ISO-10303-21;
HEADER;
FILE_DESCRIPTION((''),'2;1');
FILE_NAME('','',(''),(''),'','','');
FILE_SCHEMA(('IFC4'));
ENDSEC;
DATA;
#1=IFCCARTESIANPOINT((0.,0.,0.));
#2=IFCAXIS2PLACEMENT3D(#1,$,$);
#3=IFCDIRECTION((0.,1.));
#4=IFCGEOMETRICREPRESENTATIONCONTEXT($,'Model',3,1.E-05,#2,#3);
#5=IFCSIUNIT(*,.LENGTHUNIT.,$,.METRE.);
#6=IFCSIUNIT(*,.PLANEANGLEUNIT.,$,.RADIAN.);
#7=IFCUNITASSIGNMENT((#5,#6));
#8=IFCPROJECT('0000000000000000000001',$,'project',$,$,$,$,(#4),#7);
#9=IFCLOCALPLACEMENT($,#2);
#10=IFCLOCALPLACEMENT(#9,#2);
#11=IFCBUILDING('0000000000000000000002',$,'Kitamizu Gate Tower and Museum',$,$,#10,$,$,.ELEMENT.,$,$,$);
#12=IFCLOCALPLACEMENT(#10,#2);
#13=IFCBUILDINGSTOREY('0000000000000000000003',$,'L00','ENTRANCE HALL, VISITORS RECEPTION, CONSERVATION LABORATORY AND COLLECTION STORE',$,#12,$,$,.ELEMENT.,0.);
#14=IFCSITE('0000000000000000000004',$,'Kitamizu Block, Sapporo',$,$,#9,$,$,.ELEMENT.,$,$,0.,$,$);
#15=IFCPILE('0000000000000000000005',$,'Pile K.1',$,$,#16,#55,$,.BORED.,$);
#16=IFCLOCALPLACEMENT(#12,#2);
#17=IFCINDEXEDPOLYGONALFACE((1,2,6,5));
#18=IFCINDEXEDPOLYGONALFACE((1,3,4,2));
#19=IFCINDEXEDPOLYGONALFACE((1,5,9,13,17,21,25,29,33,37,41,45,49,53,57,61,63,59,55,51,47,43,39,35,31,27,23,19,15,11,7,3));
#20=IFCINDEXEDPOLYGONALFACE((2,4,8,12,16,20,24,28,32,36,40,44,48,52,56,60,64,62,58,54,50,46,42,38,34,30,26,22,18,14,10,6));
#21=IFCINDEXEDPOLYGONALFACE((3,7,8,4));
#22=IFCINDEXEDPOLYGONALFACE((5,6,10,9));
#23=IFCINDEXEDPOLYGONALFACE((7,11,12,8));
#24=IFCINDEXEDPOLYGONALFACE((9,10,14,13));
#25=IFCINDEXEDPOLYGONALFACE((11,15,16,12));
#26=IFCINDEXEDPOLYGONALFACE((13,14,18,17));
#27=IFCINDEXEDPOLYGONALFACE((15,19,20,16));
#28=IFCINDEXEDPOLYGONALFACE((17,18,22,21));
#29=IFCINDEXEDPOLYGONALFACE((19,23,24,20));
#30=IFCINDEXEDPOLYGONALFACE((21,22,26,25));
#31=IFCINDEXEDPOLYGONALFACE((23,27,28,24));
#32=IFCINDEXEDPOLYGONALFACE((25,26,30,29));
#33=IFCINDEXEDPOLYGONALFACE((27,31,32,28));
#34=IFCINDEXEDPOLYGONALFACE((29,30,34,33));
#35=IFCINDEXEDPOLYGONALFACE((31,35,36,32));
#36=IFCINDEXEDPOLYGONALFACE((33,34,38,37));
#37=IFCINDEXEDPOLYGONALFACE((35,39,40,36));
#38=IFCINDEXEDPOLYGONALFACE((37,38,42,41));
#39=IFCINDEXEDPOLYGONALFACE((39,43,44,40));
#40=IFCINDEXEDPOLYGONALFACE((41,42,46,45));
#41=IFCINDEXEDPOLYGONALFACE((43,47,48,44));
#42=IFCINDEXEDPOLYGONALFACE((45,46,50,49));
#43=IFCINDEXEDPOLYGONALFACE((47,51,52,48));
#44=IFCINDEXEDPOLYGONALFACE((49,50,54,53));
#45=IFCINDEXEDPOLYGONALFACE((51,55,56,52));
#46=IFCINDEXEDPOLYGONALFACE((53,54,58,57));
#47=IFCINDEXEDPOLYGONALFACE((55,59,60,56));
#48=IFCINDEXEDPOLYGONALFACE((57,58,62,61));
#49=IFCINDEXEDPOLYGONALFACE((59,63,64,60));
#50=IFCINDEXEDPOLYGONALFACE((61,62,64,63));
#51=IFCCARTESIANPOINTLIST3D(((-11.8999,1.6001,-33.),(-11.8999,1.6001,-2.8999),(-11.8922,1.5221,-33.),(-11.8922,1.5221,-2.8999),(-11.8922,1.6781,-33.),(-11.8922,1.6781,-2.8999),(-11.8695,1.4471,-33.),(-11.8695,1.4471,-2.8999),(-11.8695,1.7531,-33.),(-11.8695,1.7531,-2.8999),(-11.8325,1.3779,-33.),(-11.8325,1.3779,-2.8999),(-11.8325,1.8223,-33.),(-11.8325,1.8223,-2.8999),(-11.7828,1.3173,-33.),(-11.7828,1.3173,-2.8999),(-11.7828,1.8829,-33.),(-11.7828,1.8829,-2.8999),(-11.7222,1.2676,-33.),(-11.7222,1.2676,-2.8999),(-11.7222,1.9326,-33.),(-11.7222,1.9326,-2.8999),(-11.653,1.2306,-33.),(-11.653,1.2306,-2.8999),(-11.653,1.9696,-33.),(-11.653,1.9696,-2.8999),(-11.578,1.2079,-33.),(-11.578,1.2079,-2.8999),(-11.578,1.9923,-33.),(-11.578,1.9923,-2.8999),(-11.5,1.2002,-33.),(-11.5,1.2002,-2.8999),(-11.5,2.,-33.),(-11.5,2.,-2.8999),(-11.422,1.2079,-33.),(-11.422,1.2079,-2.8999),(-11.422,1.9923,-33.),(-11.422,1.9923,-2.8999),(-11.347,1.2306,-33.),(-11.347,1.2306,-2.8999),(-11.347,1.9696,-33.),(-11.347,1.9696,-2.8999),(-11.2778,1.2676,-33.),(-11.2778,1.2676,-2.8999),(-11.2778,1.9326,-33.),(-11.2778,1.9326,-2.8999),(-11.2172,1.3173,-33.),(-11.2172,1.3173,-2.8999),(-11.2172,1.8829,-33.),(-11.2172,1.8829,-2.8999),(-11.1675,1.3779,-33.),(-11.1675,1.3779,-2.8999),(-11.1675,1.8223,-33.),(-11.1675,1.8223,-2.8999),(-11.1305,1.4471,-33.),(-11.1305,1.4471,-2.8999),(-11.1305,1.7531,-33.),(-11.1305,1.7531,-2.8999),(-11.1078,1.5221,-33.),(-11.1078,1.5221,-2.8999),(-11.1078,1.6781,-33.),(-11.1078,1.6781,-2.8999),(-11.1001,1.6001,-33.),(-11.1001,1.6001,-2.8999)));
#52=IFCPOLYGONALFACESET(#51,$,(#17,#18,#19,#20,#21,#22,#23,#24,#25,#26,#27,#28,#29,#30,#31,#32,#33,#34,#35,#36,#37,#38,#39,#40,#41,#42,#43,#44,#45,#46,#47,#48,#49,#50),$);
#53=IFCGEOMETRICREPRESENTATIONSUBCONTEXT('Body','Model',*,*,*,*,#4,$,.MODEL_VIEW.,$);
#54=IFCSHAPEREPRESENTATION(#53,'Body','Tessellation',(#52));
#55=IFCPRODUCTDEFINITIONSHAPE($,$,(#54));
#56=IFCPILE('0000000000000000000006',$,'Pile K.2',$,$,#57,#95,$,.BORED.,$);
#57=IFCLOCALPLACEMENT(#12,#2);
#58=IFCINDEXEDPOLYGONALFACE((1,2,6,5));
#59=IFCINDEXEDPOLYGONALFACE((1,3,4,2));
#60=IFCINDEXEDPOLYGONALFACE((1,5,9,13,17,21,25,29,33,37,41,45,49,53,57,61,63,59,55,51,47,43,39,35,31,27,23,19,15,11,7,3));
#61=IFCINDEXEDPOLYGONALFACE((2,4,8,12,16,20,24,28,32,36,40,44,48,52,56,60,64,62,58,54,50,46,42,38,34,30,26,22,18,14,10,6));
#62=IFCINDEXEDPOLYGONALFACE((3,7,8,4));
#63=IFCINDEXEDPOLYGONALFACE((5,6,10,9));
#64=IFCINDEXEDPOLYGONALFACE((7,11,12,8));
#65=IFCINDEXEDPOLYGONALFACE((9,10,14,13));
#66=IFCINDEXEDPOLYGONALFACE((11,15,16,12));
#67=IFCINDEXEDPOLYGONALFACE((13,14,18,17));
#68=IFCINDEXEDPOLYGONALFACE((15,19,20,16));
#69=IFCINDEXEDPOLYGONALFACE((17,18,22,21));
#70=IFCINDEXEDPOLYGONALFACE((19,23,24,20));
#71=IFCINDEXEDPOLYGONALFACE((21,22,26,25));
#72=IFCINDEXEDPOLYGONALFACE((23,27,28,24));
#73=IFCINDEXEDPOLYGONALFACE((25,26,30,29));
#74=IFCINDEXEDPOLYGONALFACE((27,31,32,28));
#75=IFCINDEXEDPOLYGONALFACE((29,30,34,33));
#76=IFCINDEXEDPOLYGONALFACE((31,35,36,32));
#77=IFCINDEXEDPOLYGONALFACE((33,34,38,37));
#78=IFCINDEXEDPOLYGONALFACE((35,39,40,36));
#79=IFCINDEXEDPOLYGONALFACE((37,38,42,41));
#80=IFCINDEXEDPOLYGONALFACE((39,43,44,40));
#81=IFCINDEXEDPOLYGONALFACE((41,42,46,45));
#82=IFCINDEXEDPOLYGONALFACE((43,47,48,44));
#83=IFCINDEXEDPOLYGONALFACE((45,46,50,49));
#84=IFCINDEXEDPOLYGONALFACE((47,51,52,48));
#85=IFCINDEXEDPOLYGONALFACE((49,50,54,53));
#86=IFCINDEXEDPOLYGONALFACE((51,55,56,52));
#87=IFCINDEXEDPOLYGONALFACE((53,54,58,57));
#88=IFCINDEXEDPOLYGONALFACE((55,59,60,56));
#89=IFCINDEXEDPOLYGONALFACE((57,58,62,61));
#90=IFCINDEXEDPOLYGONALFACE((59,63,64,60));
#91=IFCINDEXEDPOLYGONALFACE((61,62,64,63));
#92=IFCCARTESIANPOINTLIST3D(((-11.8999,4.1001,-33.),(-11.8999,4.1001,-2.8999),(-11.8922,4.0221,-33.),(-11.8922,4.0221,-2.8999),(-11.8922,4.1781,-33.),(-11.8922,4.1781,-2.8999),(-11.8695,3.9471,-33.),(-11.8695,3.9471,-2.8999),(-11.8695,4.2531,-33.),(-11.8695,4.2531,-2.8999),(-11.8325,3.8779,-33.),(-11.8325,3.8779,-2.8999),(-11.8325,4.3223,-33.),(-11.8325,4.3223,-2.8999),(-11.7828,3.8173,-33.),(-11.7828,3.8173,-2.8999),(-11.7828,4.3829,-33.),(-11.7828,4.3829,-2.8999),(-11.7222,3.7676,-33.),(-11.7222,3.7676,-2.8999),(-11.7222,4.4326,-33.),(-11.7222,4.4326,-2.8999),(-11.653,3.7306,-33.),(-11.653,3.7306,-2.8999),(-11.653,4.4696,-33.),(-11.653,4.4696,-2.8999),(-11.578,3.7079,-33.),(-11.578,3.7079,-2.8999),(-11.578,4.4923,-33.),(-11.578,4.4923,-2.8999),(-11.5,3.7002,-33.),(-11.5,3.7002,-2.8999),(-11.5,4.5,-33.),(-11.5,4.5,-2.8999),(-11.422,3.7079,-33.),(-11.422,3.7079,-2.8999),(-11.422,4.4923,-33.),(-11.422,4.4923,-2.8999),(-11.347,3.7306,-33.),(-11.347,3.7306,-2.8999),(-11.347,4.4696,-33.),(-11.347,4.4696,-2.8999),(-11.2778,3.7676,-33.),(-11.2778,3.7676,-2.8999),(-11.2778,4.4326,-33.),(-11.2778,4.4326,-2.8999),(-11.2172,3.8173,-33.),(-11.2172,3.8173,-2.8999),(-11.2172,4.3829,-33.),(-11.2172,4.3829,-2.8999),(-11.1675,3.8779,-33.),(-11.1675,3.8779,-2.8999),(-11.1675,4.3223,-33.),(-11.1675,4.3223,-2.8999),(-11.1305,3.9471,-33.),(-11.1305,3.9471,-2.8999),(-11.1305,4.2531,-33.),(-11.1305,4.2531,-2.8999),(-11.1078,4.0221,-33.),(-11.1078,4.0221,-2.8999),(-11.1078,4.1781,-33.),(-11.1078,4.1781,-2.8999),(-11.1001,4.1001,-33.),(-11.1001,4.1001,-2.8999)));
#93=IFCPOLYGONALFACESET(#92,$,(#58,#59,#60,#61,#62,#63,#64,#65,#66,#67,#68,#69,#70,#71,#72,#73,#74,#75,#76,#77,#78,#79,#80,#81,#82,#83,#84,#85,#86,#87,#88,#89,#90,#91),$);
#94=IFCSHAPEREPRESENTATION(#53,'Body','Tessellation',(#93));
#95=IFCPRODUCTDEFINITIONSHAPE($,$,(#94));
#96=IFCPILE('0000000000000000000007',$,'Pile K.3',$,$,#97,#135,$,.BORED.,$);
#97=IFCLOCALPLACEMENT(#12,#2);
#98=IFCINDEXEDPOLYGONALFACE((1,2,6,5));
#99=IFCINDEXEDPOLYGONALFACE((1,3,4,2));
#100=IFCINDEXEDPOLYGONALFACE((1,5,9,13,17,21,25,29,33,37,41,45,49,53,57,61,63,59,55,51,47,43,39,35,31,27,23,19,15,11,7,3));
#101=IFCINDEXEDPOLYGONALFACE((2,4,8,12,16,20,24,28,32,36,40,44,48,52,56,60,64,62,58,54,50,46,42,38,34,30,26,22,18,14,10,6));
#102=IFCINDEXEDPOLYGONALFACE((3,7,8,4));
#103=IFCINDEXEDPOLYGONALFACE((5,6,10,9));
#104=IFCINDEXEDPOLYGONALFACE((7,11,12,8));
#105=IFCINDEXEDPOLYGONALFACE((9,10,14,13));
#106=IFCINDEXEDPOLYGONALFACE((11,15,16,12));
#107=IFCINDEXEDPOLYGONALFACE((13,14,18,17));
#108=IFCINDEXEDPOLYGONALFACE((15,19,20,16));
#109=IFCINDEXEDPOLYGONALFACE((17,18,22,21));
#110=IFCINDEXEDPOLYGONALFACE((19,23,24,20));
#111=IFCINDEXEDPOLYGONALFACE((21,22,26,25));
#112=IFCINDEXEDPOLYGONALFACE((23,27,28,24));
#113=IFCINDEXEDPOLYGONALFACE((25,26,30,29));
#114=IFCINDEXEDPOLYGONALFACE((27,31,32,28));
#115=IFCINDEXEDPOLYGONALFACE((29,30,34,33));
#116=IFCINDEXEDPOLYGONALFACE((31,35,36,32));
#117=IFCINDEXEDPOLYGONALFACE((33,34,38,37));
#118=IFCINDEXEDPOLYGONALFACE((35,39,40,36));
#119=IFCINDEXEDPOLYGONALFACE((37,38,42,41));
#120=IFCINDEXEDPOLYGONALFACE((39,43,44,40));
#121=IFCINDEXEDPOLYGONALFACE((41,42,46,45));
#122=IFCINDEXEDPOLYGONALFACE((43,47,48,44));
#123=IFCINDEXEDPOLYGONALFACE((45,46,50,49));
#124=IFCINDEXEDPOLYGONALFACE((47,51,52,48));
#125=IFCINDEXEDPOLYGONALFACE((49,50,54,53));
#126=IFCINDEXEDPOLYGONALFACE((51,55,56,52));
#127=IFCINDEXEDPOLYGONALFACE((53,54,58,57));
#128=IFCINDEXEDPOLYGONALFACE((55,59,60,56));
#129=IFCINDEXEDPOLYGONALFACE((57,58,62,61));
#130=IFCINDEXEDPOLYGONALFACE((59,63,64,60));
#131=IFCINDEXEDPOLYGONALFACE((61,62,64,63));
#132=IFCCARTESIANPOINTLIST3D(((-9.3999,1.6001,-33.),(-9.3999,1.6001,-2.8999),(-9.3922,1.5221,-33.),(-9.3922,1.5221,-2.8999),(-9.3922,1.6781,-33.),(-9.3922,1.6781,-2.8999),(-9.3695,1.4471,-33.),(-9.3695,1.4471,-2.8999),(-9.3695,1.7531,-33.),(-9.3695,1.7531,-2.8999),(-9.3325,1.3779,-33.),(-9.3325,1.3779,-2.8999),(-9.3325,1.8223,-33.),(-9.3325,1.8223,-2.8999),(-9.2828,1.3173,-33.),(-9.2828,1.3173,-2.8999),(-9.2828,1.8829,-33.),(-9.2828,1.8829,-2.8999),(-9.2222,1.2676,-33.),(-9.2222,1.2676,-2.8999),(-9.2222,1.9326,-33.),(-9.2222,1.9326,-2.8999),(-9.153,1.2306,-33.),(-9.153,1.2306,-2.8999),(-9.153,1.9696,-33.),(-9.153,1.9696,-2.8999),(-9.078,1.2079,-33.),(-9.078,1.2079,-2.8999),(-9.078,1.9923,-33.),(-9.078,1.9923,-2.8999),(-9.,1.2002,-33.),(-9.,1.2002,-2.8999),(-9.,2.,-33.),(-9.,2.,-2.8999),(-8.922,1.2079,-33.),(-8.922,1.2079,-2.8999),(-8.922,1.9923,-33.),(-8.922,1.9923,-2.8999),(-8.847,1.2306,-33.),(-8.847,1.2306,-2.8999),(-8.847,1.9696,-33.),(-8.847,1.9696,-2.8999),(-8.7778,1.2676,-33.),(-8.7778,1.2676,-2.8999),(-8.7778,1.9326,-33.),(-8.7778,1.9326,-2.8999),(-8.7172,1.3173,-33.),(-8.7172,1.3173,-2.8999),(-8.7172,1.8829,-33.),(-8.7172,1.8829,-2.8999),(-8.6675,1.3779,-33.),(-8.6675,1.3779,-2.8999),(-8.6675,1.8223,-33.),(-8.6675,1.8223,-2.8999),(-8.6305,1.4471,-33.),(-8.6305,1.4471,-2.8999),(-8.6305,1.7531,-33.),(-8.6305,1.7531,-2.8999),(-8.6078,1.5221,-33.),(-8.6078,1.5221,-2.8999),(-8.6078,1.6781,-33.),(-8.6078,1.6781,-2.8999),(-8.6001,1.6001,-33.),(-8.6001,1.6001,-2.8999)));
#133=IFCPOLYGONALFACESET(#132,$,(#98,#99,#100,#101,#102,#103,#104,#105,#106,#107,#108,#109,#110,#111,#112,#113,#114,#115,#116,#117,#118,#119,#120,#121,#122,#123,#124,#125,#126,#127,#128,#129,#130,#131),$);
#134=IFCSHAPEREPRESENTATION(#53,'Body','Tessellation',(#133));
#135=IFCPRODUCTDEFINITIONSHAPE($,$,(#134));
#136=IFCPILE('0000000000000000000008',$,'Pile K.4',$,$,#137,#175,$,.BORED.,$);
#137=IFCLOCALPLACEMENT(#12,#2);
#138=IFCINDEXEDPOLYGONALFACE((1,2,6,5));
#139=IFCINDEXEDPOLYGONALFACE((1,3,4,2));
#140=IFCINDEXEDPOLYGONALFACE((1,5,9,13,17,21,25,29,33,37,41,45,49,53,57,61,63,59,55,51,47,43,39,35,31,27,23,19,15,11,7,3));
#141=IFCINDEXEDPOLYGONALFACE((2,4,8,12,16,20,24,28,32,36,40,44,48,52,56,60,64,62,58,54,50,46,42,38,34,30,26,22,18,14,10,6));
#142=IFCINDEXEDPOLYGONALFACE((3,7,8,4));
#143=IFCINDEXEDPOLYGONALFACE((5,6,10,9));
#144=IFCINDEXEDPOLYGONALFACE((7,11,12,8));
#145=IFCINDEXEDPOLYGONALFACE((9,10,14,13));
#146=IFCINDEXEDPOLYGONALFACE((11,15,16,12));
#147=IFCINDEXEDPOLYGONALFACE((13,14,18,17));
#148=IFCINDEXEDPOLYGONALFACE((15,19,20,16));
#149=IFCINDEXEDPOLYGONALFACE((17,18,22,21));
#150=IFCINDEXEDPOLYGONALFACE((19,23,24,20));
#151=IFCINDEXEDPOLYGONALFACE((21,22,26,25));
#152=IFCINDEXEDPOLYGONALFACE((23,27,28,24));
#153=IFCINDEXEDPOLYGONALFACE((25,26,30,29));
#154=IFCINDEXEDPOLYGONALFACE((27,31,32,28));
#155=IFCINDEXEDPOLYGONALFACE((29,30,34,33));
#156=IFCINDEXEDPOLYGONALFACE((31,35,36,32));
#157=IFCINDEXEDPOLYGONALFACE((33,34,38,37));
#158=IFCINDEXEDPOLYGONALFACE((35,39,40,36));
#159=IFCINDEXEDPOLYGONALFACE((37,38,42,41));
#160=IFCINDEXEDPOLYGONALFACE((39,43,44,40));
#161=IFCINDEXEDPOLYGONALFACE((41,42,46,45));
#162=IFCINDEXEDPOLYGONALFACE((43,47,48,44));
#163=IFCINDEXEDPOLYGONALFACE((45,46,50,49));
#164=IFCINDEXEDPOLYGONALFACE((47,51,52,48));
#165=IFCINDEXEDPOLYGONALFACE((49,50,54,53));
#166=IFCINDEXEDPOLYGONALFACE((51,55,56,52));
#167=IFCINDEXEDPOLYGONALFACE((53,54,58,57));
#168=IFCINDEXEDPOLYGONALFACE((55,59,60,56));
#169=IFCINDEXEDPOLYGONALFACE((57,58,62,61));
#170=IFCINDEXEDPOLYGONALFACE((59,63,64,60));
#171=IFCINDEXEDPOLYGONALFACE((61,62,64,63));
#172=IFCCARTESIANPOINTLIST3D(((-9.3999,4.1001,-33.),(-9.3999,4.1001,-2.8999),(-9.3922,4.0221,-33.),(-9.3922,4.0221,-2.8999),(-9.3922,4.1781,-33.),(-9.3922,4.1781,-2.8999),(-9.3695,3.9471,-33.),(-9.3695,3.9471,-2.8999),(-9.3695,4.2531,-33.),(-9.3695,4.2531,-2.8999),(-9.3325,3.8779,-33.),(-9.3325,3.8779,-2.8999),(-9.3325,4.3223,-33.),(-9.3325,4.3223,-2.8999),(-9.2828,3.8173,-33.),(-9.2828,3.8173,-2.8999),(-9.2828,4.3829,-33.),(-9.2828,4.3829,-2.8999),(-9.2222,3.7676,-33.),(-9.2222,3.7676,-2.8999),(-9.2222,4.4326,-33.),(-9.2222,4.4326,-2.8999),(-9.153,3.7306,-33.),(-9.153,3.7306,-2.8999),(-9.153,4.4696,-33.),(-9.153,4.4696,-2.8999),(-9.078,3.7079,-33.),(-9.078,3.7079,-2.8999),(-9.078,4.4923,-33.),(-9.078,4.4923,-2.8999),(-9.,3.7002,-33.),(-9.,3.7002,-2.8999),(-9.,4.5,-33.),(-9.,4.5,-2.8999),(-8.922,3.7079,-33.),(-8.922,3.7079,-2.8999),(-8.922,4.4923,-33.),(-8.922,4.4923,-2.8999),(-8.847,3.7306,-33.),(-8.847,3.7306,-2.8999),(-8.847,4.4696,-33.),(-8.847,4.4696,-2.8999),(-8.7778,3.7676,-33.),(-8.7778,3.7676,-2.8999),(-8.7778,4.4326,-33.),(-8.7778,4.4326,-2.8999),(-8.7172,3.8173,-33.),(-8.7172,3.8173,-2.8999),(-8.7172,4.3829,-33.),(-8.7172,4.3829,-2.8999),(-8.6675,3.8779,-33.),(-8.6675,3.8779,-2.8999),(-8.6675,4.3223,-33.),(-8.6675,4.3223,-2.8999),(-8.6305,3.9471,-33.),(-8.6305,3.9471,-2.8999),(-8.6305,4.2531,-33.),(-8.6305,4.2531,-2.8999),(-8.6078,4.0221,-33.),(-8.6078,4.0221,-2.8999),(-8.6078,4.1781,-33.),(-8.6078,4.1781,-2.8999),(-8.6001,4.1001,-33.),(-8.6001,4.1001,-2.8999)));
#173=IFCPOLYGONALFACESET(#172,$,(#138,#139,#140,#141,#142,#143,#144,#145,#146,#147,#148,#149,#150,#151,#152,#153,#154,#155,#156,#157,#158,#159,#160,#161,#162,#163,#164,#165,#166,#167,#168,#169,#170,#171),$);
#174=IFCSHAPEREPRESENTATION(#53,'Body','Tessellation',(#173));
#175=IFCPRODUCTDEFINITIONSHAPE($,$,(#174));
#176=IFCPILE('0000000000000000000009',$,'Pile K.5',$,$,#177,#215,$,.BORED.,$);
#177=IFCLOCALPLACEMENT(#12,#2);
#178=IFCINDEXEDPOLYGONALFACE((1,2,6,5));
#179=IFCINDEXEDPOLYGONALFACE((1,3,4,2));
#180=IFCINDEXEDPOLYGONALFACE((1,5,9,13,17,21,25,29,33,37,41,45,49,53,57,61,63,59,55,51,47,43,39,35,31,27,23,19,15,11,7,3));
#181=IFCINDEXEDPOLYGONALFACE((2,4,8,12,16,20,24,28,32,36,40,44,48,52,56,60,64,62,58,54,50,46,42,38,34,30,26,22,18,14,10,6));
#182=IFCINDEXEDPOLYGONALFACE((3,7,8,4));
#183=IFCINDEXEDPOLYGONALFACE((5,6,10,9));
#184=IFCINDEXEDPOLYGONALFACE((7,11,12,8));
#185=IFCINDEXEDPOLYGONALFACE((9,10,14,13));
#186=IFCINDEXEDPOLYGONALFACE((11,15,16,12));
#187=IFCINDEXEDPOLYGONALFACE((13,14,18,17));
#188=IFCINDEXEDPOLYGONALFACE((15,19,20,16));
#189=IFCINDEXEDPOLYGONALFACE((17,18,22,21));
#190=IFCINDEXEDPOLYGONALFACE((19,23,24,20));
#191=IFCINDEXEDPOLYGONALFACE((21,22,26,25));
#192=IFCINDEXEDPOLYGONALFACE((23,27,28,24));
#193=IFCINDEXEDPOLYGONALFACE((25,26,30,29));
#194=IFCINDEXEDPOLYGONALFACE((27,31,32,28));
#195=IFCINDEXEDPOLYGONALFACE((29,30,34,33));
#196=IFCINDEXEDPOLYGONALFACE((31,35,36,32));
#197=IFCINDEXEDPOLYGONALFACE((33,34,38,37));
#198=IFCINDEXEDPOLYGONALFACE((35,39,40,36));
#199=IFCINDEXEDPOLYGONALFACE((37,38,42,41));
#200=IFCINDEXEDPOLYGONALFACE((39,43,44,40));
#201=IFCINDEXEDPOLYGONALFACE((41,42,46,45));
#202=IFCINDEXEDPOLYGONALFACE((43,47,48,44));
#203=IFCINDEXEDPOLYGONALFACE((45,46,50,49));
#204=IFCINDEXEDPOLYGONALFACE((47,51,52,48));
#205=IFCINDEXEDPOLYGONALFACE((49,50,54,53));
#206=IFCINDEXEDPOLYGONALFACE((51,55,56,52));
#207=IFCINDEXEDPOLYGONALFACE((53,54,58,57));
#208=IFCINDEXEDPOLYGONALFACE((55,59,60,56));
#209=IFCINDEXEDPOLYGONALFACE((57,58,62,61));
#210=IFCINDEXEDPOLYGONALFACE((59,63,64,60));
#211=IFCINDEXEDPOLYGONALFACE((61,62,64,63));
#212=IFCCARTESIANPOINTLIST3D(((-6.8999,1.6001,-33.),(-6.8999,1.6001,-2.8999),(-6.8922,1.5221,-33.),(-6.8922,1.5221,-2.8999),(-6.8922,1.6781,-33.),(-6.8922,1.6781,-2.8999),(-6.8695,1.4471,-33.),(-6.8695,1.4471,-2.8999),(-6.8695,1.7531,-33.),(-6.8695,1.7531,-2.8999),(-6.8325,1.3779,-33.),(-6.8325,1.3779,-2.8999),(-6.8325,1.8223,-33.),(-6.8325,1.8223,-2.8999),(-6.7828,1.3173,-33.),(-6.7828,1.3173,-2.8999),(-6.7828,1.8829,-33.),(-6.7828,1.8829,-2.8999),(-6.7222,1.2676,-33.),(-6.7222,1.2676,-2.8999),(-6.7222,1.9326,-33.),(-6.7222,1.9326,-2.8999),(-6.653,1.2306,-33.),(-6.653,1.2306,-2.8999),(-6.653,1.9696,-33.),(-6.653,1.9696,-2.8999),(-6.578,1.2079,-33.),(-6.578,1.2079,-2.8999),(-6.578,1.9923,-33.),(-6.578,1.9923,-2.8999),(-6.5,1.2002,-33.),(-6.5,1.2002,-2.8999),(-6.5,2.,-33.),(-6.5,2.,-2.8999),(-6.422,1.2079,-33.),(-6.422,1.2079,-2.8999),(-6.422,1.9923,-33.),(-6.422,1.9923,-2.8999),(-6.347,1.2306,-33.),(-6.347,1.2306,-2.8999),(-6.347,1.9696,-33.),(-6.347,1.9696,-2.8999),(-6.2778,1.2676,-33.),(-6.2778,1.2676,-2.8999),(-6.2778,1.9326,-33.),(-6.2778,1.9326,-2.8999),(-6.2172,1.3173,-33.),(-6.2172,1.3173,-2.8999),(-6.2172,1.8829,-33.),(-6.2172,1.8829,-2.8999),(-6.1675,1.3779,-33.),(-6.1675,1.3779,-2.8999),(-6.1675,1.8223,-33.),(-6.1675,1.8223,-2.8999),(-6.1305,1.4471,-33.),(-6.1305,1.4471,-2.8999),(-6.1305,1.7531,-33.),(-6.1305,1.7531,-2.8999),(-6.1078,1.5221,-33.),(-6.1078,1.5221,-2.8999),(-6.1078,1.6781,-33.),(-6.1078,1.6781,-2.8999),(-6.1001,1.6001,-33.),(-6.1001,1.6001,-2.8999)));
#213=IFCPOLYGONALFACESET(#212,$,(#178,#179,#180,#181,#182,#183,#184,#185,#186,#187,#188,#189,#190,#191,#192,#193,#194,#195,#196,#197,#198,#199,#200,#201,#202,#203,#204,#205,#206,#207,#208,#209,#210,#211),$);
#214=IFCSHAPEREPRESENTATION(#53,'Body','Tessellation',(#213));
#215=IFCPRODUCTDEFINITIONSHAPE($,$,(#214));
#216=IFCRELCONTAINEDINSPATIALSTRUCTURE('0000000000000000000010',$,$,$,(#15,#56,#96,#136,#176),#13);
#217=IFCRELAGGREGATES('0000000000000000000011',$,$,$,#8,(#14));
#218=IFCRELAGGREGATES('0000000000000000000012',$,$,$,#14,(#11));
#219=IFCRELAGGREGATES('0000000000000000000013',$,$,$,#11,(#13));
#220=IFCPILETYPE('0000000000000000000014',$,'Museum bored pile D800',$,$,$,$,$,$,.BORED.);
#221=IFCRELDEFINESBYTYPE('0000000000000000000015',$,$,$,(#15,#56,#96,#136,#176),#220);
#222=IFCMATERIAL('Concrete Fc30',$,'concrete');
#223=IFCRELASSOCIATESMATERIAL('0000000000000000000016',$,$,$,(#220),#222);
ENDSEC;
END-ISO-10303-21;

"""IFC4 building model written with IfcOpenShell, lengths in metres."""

from ifc_helpers import new_model, si_unit, direction, frame, origin, origin_2d, place, context, subcontext, project, spatial, circle, extrude, material, material_profile, profile_set, type_object, element, save


model = new_model("IFC4")

# Units and contexts
model_context = context("Model", 3, precision=1e-05, world=origin(), true_north=direction((0.0, 1.0)))
body_context = subcontext(model_context, "Body", "Model", "MODEL_VIEW")
ifc_project = project(units=[si_unit("LENGTHUNIT", "METRE"), si_unit("PLANEANGLEUNIT", "RADIAN")], contexts=[model_context])

# Site, building, storey
site_placement = place(None, origin())
site = spatial("IfcSite", under=ifc_project, at=site_placement, Name="Kitamizu Block, Sapporo", CompositionType="ELEMENT", RefElevation=0.0)
building_placement = place(site_placement, origin())
building = spatial("IfcBuilding", under=site, at=building_placement, Name="Kitamizu Gate Tower and Museum", CompositionType="ELEMENT")
storey_placement = place(building_placement, origin())
storey = spatial("IfcBuildingStorey", under=building, at=storey_placement, Name="L00", Description="ENTRANCE HALL, VISITORS RECEPTION, CONSERVATION LABORATORY AND COLLECTION STORE", CompositionType="ELEMENT", Elevation=0.0)

# Piles
ifc_material_1 = material(Name="Concrete Fc30", Category="concrete")
ifc_material_profile = material_profile(ifc_material_1, circle(Radius=0.3999, at=origin_2d()), Name="D800")
ifc_profile_set = profile_set([ifc_material_profile], Name="Concrete Fc30")
pile_type = type_object("IfcPileType", Name="Museum bored pile D800", PredefinedType="BORED", material=ifc_profile_set)
for number, where, z_axis, x_axis, name in (
    (1, (-11.5, 1.6001, -2.8999), (0.0, 0.0, -1.0), (1.0, 0.0, 0.0), "Pile K.1"),
    (2, (-11.5, 4.1001, -2.8999), (0.0, 0.0, -1.0), (1.0, 0.0, 0.0), "Pile K.2"),
    (3, (-9.0, 1.6001, -2.8999), (0.0, 0.0, -1.0), (1.0, 0.0, 0.0), "Pile K.3"),
    (4, (-9.0, 4.1001, -2.8999), (0.0, 0.0, -1.0), (1.0, 0.0, 0.0), "Pile K.4"),
    (5, (-6.5, 1.6001, -2.8999), (0.0, 0.0, -1.0), (1.0, 0.0, 0.0), "Pile K.5"),
):
    element("IfcPile", number, at=place(storey_placement, frame(where, z_axis=z_axis, x_axis=x_axis)), inside=storey, type_object=pile_type, Name=name, PredefinedType="BORED", context=body_context, shape_type="SweptSolid", body=[
        extrude(circle(Radius=0.3999, at=origin_2d()), origin(), (0.0, 0.0, 1.0), 30.1001),
    ])

save(model, "model.ifc")
